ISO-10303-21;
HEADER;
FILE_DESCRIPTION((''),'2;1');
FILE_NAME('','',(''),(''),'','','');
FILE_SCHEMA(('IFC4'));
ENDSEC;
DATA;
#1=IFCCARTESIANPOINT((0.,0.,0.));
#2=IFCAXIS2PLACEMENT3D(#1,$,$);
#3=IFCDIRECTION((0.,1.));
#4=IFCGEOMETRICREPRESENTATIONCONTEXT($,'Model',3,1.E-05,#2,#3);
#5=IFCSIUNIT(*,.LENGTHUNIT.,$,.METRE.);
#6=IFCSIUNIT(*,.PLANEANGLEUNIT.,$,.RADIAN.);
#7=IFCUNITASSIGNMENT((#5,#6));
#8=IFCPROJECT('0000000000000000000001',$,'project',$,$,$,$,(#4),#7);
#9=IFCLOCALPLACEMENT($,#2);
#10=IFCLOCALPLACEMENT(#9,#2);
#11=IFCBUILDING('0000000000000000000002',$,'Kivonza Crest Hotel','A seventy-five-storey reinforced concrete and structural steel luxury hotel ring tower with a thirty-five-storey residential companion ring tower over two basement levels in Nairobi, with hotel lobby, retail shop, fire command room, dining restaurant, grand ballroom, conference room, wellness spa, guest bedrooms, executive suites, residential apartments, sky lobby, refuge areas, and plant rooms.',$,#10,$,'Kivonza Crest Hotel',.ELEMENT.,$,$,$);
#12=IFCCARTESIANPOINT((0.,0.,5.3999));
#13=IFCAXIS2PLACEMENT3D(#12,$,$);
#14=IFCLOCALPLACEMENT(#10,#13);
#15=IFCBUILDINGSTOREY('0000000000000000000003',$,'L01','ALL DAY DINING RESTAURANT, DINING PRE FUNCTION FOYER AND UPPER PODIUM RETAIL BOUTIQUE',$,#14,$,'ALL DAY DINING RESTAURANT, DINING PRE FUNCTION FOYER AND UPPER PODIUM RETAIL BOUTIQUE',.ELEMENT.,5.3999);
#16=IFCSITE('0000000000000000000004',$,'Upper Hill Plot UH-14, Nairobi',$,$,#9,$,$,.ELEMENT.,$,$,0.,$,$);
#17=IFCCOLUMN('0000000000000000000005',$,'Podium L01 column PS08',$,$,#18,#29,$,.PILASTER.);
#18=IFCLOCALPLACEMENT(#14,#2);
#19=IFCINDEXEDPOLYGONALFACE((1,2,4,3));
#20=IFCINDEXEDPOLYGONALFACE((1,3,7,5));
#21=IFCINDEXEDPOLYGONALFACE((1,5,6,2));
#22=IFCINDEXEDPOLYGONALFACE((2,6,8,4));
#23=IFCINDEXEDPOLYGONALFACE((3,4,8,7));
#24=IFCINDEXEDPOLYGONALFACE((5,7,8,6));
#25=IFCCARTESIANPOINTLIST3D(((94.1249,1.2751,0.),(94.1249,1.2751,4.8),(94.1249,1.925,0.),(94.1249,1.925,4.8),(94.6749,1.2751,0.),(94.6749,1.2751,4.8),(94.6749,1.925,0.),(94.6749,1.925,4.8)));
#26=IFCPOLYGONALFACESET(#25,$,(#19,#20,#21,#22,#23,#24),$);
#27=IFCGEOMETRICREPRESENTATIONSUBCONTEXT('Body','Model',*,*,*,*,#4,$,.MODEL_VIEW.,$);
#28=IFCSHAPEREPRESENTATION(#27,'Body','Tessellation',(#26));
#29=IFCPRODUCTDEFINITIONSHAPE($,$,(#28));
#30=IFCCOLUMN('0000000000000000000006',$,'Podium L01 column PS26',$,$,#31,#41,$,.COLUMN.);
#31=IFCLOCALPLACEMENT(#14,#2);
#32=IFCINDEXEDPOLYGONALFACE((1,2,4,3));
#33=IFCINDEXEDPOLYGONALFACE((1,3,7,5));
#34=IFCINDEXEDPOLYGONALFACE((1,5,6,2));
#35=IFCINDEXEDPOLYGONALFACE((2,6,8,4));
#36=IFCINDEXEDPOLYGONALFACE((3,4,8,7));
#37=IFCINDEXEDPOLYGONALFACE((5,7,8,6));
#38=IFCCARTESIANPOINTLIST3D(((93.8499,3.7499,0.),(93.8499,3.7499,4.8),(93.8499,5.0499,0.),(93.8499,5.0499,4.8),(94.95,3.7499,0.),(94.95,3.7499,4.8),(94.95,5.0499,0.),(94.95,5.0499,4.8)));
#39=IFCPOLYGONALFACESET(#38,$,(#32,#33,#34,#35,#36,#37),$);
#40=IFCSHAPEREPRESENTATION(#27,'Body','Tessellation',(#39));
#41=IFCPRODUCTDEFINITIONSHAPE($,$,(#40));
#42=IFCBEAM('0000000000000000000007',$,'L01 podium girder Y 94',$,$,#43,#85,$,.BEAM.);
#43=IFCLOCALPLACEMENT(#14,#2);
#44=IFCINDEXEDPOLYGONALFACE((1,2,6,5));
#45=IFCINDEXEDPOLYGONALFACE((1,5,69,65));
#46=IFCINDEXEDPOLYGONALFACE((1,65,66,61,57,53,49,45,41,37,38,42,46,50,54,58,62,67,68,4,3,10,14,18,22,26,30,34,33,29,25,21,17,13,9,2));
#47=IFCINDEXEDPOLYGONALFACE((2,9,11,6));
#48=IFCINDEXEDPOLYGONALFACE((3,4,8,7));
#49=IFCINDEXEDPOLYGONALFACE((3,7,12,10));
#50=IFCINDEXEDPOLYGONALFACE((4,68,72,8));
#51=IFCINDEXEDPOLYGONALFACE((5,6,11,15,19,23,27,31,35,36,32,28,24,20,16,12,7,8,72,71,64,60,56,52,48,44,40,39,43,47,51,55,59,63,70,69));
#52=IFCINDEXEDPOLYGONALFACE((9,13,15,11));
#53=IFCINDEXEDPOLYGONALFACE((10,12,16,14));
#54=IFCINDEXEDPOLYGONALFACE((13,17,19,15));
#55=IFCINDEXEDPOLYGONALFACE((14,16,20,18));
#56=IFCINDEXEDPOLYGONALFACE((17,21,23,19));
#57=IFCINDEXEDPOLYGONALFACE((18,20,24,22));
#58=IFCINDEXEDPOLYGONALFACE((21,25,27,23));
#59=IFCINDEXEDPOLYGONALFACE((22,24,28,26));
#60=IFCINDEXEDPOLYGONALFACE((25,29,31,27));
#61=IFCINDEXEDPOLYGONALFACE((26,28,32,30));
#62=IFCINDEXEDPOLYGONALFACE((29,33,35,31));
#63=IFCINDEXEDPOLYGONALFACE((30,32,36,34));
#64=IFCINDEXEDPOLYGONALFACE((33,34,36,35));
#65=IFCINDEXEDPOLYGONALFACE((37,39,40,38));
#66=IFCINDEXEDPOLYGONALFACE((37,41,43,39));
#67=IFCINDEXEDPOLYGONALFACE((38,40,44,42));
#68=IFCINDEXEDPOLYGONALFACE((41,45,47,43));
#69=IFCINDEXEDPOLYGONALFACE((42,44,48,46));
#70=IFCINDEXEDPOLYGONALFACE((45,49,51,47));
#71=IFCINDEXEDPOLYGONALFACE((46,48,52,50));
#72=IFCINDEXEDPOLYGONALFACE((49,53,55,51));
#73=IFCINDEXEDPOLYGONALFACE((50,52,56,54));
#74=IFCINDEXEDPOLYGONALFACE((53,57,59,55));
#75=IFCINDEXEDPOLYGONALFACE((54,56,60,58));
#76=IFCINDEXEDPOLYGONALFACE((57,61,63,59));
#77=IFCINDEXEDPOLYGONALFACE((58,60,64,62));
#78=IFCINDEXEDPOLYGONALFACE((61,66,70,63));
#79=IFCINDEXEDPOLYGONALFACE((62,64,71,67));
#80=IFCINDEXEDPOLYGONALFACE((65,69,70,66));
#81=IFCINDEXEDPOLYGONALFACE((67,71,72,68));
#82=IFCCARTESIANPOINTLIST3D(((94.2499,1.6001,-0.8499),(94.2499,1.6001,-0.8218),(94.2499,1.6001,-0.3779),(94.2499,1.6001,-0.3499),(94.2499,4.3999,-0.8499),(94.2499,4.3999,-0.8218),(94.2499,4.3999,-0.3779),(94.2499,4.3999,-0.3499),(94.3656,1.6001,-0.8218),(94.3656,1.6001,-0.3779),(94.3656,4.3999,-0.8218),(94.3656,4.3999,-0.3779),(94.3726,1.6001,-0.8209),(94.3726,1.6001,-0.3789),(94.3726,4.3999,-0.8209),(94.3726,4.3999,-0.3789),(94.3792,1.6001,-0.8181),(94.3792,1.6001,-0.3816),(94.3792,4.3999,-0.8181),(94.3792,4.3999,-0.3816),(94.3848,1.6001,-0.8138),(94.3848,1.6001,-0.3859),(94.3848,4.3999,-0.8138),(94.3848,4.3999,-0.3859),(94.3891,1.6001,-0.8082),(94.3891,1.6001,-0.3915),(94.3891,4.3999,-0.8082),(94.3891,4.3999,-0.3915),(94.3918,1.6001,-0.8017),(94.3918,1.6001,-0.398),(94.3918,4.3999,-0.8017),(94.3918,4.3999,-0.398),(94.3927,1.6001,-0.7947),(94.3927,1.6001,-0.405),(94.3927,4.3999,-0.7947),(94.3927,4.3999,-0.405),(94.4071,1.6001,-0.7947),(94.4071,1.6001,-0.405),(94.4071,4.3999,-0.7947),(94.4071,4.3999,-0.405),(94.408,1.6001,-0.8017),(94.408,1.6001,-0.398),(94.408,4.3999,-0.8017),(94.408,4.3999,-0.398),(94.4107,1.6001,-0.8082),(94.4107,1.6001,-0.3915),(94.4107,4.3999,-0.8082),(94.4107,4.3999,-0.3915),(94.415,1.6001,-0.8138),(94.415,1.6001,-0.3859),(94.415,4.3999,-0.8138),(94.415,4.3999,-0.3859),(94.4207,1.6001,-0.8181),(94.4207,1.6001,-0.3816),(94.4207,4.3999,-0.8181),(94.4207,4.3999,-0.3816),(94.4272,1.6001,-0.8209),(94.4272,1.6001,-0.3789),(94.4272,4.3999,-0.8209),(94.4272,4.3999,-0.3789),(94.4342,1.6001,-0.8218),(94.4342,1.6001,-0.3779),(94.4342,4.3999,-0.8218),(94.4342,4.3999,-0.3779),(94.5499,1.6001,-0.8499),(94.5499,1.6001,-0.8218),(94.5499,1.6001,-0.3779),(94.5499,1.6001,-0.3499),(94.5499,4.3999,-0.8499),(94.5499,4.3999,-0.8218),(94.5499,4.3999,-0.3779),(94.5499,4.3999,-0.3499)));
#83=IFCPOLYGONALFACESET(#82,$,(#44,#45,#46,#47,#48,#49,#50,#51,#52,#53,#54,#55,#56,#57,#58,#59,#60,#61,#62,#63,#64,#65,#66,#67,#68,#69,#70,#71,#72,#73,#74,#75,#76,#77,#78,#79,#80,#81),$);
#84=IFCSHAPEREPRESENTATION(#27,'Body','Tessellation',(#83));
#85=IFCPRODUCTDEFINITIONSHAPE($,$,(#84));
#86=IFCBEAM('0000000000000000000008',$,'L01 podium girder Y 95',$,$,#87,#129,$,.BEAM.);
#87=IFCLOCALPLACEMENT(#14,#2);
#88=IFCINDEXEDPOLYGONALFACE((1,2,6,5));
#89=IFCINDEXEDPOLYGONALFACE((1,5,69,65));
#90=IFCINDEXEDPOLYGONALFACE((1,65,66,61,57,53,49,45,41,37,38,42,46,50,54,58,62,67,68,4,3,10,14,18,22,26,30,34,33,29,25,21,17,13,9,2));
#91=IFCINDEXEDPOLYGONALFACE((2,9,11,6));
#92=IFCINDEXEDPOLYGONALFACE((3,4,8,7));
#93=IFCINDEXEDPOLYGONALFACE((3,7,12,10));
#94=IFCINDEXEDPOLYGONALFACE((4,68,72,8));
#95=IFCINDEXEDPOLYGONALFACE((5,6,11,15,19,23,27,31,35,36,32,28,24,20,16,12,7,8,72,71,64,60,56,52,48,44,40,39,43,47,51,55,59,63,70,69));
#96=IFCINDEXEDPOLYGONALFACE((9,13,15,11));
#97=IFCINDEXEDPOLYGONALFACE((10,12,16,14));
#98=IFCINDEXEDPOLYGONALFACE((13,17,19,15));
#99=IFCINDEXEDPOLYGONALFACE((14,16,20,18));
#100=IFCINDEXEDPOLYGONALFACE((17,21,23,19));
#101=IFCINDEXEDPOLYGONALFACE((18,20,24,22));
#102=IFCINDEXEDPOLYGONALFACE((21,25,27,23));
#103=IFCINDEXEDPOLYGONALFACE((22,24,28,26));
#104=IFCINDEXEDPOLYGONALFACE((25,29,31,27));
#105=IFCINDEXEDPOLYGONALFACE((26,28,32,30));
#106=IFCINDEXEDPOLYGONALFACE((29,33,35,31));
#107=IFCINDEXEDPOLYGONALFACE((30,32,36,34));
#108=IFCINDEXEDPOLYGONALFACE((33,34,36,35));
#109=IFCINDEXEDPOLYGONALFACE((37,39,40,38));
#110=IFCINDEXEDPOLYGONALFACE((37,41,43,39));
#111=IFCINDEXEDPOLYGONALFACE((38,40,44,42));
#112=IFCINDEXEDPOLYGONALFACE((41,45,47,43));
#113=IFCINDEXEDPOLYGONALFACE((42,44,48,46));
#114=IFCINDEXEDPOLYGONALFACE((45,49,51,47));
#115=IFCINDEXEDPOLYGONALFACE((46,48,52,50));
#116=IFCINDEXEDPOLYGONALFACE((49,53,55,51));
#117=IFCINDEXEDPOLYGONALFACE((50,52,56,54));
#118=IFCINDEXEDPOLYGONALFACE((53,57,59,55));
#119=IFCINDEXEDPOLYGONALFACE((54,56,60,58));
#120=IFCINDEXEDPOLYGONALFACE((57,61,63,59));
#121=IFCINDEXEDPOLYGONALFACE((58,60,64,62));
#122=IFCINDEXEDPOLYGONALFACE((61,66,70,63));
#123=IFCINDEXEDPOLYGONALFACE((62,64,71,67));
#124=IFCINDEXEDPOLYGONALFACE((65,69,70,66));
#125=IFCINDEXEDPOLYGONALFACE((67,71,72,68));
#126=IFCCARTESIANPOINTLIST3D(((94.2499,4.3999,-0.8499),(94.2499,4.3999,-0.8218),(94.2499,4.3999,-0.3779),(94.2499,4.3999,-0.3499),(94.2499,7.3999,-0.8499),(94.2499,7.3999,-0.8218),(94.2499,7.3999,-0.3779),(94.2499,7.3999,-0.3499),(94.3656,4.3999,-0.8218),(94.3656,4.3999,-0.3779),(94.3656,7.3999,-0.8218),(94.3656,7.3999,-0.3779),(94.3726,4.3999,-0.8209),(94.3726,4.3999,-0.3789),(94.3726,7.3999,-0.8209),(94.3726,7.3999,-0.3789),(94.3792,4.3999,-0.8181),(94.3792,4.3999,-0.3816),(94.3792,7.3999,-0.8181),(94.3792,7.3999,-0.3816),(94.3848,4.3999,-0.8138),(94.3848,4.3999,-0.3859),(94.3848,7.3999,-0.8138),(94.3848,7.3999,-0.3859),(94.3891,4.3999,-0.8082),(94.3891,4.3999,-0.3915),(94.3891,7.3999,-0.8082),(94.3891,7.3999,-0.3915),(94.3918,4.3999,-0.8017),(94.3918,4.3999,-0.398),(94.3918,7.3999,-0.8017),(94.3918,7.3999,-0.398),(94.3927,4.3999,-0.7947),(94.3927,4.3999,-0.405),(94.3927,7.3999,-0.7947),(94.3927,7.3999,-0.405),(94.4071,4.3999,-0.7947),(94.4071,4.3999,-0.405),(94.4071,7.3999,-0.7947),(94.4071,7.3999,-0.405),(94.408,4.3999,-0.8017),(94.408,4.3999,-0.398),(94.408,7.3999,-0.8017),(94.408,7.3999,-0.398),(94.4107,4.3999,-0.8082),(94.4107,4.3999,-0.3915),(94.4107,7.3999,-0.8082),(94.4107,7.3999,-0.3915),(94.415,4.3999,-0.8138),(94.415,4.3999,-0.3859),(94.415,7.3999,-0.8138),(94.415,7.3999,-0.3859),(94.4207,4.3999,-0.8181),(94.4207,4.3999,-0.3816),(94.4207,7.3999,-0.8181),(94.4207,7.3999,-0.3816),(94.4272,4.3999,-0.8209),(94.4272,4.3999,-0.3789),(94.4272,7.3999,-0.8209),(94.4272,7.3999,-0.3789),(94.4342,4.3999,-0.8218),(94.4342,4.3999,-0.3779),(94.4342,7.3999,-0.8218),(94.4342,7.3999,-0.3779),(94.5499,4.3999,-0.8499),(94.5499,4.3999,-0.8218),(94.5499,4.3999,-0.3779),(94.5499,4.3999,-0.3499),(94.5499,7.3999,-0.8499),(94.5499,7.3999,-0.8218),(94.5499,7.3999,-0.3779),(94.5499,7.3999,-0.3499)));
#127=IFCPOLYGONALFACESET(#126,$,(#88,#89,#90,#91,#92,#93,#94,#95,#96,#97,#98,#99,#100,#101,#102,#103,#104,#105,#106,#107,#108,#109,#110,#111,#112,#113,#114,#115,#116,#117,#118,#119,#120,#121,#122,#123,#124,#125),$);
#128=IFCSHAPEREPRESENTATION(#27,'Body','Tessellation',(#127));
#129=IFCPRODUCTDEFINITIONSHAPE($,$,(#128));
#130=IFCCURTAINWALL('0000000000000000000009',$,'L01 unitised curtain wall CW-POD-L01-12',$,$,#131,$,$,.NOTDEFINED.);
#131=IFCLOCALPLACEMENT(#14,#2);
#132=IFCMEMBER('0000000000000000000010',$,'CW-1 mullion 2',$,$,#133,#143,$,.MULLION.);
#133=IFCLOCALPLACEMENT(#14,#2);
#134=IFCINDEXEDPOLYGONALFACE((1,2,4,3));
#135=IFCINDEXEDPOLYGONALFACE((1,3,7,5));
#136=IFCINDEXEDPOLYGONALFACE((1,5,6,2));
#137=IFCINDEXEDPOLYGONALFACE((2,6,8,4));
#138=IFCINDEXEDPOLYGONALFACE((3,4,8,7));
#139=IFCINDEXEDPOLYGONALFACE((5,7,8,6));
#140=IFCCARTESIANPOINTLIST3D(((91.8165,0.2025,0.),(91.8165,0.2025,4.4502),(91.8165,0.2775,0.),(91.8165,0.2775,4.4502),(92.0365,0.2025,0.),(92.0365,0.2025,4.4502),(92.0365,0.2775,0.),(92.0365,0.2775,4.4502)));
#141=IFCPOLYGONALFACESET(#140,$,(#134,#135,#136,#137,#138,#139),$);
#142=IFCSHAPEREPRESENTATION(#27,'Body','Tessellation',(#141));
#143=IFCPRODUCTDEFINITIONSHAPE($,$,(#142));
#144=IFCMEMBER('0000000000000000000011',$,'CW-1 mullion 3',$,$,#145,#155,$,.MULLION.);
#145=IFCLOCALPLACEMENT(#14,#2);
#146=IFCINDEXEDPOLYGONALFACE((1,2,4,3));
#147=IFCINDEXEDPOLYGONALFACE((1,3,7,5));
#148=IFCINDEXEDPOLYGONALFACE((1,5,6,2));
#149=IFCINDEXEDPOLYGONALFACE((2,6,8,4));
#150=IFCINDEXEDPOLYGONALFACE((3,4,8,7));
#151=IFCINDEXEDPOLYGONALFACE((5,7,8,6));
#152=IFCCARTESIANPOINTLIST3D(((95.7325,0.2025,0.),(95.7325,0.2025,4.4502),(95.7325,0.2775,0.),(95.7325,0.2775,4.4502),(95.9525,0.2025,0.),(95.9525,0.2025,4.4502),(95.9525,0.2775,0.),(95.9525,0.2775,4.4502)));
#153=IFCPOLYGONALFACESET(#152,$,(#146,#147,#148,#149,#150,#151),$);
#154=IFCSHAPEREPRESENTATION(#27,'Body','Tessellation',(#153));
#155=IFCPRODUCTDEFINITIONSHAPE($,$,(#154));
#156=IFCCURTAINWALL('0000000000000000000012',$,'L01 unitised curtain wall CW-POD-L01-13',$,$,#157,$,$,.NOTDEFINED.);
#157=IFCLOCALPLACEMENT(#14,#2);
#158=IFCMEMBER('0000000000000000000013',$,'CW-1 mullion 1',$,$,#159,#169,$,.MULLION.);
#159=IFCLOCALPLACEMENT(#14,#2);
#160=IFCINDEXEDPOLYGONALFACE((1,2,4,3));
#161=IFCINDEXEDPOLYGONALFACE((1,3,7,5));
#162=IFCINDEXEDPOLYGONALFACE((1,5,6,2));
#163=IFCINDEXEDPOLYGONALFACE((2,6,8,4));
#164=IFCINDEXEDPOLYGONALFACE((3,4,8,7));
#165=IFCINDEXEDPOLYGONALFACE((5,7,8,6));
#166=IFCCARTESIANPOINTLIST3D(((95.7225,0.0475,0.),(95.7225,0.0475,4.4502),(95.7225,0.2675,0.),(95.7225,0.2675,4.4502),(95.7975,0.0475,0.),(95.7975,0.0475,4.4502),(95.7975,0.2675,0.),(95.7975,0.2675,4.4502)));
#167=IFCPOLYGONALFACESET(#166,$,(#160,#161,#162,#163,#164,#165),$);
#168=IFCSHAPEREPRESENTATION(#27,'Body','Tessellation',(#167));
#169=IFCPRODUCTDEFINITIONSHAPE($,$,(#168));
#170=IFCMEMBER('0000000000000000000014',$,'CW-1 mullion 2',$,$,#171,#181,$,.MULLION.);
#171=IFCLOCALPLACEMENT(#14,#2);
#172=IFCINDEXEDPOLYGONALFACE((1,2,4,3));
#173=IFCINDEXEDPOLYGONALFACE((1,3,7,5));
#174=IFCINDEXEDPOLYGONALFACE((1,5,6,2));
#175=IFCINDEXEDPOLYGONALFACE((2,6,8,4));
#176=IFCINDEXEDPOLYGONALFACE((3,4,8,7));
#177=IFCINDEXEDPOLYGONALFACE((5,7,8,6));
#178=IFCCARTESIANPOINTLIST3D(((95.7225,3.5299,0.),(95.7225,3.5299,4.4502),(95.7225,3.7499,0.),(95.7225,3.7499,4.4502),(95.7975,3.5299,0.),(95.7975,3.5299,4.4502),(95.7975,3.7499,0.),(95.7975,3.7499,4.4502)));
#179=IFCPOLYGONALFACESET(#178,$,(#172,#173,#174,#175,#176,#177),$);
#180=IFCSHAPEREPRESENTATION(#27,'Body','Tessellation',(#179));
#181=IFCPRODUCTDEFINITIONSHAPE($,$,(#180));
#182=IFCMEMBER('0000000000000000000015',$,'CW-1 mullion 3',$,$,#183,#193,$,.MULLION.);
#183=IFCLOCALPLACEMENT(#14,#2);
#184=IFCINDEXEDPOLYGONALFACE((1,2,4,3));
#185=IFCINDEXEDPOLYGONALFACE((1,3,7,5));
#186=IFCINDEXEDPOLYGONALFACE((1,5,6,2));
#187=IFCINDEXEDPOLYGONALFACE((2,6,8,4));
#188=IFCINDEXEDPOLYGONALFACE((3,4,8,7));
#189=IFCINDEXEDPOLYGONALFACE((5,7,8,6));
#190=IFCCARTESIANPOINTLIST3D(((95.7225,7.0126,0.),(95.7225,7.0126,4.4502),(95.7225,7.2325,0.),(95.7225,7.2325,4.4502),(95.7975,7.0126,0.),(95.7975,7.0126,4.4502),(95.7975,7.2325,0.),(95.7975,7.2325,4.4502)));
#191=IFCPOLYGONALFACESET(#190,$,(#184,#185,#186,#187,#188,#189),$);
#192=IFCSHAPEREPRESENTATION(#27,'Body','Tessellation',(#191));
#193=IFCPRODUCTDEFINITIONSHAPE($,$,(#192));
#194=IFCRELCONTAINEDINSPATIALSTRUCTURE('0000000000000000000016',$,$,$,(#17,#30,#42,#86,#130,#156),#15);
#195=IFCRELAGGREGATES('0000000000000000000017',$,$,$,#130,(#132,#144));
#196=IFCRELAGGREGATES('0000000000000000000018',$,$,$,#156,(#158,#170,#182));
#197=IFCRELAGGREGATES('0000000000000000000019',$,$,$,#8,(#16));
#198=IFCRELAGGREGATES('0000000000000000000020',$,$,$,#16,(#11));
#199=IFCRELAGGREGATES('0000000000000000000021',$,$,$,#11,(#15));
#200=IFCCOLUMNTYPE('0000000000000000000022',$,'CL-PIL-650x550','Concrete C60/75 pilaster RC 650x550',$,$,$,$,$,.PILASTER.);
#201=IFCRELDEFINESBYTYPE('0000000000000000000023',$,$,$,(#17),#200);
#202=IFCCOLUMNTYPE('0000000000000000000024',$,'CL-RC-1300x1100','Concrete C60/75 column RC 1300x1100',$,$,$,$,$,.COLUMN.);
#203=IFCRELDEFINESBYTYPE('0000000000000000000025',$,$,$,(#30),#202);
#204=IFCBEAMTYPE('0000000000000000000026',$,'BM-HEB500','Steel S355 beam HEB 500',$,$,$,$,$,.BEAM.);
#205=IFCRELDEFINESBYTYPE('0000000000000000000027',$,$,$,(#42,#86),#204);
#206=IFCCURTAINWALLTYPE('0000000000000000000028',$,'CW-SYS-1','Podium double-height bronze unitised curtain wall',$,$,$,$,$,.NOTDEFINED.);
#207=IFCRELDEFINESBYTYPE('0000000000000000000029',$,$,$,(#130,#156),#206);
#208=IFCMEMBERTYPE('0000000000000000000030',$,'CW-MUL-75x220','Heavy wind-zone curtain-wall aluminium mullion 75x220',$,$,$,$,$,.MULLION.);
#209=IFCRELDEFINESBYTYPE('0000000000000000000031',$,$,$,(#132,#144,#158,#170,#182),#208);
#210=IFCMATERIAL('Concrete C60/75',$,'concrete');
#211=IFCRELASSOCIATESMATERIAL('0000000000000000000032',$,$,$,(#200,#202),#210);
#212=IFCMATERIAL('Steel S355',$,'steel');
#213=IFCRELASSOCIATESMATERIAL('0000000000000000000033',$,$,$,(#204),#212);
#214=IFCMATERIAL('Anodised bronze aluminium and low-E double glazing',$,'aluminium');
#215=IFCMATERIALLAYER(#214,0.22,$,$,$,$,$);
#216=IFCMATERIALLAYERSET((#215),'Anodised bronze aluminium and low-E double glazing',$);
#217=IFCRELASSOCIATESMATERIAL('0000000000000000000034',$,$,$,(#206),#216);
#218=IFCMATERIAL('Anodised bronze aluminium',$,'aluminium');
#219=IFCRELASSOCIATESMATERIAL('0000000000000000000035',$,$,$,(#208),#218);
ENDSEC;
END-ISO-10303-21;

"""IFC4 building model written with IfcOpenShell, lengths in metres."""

from ifc_helpers import new_model, si_unit, direction, frame, origin, origin_2d, place, context, subcontext, project, spatial, rectangle, i_section, extrude, material, layer, layer_set, material_profile, profile_set, type_object, element, aggregate, save


model = new_model("IFC4")

# Units and contexts
model_context = context("Model", 3, precision=1e-05, world=origin(), true_north=direction((0.0, 1.0)))
body_context = subcontext(model_context, "Body", "Model", "MODEL_VIEW")
ifc_project = project(units=[si_unit("LENGTHUNIT", "METRE"), si_unit("PLANEANGLEUNIT", "RADIAN")], contexts=[model_context])

# Site, building, storey
site_placement = place(None, origin())
site = spatial("IfcSite", under=ifc_project, at=site_placement, Name="Upper Hill Plot UH-14, Nairobi", CompositionType="ELEMENT", RefElevation=0.0)
building_placement = place(site_placement, origin())
building = spatial("IfcBuilding", under=site, at=building_placement, Name="Kivonza Crest Hotel", Description="A seventy-five-storey reinforced concrete and structural steel luxury hotel ring tower with a thirty-five-storey residential companion ring tower over two basement levels in Nairobi, with hotel lobby, retail shop, fire command room, dining restaurant, grand ballroom, conference room, wellness spa, guest bedrooms, executive suites, residential apartments, sky lobby, refuge areas, and plant rooms.", LongName="Kivonza Crest Hotel", CompositionType="ELEMENT")
storey_placement = place(building_placement, frame((0.0, 0.0, 5.3999)))
storey = spatial("IfcBuildingStorey", under=building, at=storey_placement, Name="L01", Description="ALL DAY DINING RESTAURANT, DINING PRE FUNCTION FOYER AND UPPER PODIUM RETAIL BOUTIQUE", LongName="ALL DAY DINING RESTAURANT, DINING PRE FUNCTION FOYER AND UPPER PODIUM RETAIL BOUTIQUE", CompositionType="ELEMENT", Elevation=5.3999)

# Columns
ifc_material_1 = material(Name="Concrete C60/75", Category="concrete")
ifc_material_profile_1 = material_profile(ifc_material_1, rectangle(XDim=0.55, YDim=0.6499, at=origin_2d()), Name="RC 650x550")
ifc_profile_set_1 = profile_set([ifc_material_profile_1], Name="Concrete C60/75")
column_type_1 = type_object("IfcColumnType", Name="CL-PIL-650x550", Description="Concrete C60/75 pilaster RC 650x550", PredefinedType="PILASTER", material=ifc_profile_set_1)
column_1_placement = place(storey_placement, frame((94.3999, 1.6001, 0.0), z_axis=(0.0, 0.0, 1.0), x_axis=(1.0, 0.0, 0.0)))
element("IfcColumn", 1, at=column_1_placement, inside=storey, type_object=column_type_1, Name="Podium L01 column PS08", PredefinedType="PILASTER", context=body_context, shape_type="SweptSolid", body=[
    extrude(rectangle(XDim=0.55, YDim=0.6499, at=origin_2d()), origin(), (0.0, 0.0, 1.0), 4.8),
])
ifc_material_profile_2 = material_profile(ifc_material_1, rectangle(XDim=1.1001, YDim=1.3, at=origin_2d()), Name="RC 1300x1100")
ifc_profile_set_2 = profile_set([ifc_material_profile_2], Name="Concrete C60/75")
column_type_2 = type_object("IfcColumnType", Name="CL-RC-1300x1100", Description="Concrete C60/75 column RC 1300x1100", PredefinedType="COLUMN", material=ifc_profile_set_2)
column_2_placement = place(storey_placement, frame((94.3999, 4.3999, 0.0), z_axis=(0.0, 0.0, 1.0), x_axis=(1.0, 0.0, 0.0)))
element("IfcColumn", 2, at=column_2_placement, inside=storey, type_object=column_type_2, Name="Podium L01 column PS26", PredefinedType="COLUMN", context=body_context, shape_type="SweptSolid", body=[
    extrude(rectangle(XDim=1.1001, YDim=1.3, at=origin_2d()), origin(), (0.0, 0.0, 1.0), 4.8),
])

# Beams
ifc_material_2 = material(Name="Steel S355", Category="steel")
ifc_material_profile_3 = material_profile(ifc_material_2, i_section(OverallWidth=0.3, OverallDepth=0.5, WebThickness=0.0144, FlangeThickness=0.0281, FilletRadius=0.0271, at=origin_2d()), Name="HEB 500")
ifc_profile_set_3 = profile_set([ifc_material_profile_3], Name="Steel S355")
beam_type = type_object("IfcBeamType", Name="BM-HEB500", Description="Steel S355 beam HEB 500", PredefinedType="BEAM", material=ifc_profile_set_3)
beam_1_placement = place(storey_placement, frame((94.3999, 1.6001, -0.5999), z_axis=(0.0, 1.0, 0.0), x_axis=(-1.0, 0.0, 0.0)))
element("IfcBeam", 3, at=beam_1_placement, inside=storey, type_object=beam_type, Name="L01 podium girder Y 94", PredefinedType="BEAM", context=body_context, shape_type="SweptSolid", body=[
    extrude(i_section(OverallWidth=0.3, OverallDepth=0.5, WebThickness=0.0144, FlangeThickness=0.0281, FilletRadius=0.0271, at=origin_2d()), origin(), (0.0, 0.0, 1.0), 2.7998),
])
beam_2_placement = place(storey_placement, frame((94.3999, 4.3999, -0.5999), z_axis=(0.0, 1.0, 0.0), x_axis=(-1.0, 0.0, 0.0)))
element("IfcBeam", 4, at=beam_2_placement, inside=storey, type_object=beam_type, Name="L01 podium girder Y 95", PredefinedType="BEAM", context=body_context, shape_type="SweptSolid", body=[
    extrude(i_section(OverallWidth=0.3, OverallDepth=0.5, WebThickness=0.0144, FlangeThickness=0.0281, FilletRadius=0.0271, at=origin_2d()), origin(), (0.0, 0.0, 1.0), 3.0),
])

# Curtain walls, members
ifc_material_3 = material(Name="Anodised bronze aluminium and low-E double glazing", Category="aluminium")
ifc_layer_1 = layer(ifc_material_3, 0.22)
ifc_layer_set_1 = layer_set([ifc_layer_1], Name="Anodised bronze aluminium and low-E double glazing")
curtain_wall_type = type_object("IfcCurtainWallType", Name="CW-SYS-1", Description="Podium double-height bronze unitised curtain wall", PredefinedType="NOTDEFINED", material=ifc_layer_set_1)
curtain_wall_1_placement = place(storey_placement, origin())
curtain_wall_1 = element("IfcCurtainWall", 5, at=curtain_wall_1_placement, inside=storey, type_object=curtain_wall_type, Name="L01 unitised curtain wall CW-POD-L01-12", PredefinedType="NOTDEFINED")
ifc_material_4 = material(Name="Anodised bronze aluminium", Category="aluminium")
ifc_material_profile_4 = material_profile(ifc_material_4, rectangle(XDim=0.075, YDim=0.22, at=origin_2d()), Name="CW-M 75x220")
ifc_profile_set_4 = profile_set([ifc_material_profile_4], Name="Anodised bronze aluminium")
member_type_1 = type_object("IfcMemberType", Name="CW-MUL-75x220", Description="Heavy wind-zone curtain-wall aluminium mullion 75x220", PredefinedType="MULLION", material=ifc_profile_set_4)
member_1_placement = place(storey_placement, frame((91.9265, 0.24, 0.0), z_axis=(0.0, 0.0, 1.0), x_axis=(0.0, 1.0, 0.0)))
member_1 = element("IfcMember", 6, at=member_1_placement, type_object=member_type_1, Name="CW-1 mullion 2", PredefinedType="MULLION", context=body_context, shape_type="SweptSolid", body=[
    extrude(rectangle(XDim=0.075, YDim=0.22, at=origin_2d()), origin(), (0.0, 0.0, 1.0), 4.4502),
])
member_2_placement = place(storey_placement, frame((95.8425, 0.24, 0.0), z_axis=(0.0, 0.0, 1.0), x_axis=(0.0, 1.0, 0.0)))
member_2 = element("IfcMember", 7, at=member_2_placement, type_object=member_type_1, Name="CW-1 mullion 3", PredefinedType="MULLION", context=body_context, shape_type="SweptSolid", body=[
    extrude(rectangle(XDim=0.075, YDim=0.22, at=origin_2d()), origin(), (0.0, 0.0, 1.0), 4.4502),
])
curtain_wall_2_placement = place(storey_placement, origin())
curtain_wall_2 = element("IfcCurtainWall", 8, at=curtain_wall_2_placement, inside=storey, type_object=curtain_wall_type, Name="L01 unitised curtain wall CW-POD-L01-13", PredefinedType="NOTDEFINED")
member_3_placement = place(storey_placement, frame((95.76, 0.1575, 0.0), z_axis=(0.0, 0.0, 1.0), x_axis=(-1.0, 0.0, 0.0)))
member_3 = element("IfcMember", 9, at=member_3_placement, type_object=member_type_1, Name="CW-1 mullion 1", PredefinedType="MULLION", context=body_context, shape_type="SweptSolid", body=[
    extrude(rectangle(XDim=0.075, YDim=0.22, at=origin_2d()), origin(), (0.0, 0.0, 1.0), 4.4502),
])
member_4_placement = place(storey_placement, frame((95.76, 3.6399, 0.0), z_axis=(0.0, 0.0, 1.0), x_axis=(-1.0, 0.0, 0.0)))
member_4 = element("IfcMember", 10, at=member_4_placement, type_object=member_type_1, Name="CW-1 mullion 2", PredefinedType="MULLION", context=body_context, shape_type="SweptSolid", body=[
    extrude(rectangle(XDim=0.075, YDim=0.22, at=origin_2d()), origin(), (0.0, 0.0, 1.0), 4.4502),
])
member_5_placement = place(storey_placement, frame((95.76, 7.1226, 0.0), z_axis=(0.0, 0.0, 1.0), x_axis=(-1.0, 0.0, 0.0)))
member_5 = element("IfcMember", 11, at=member_5_placement, type_object=member_type_1, Name="CW-1 mullion 3", PredefinedType="MULLION", context=body_context, shape_type="SweptSolid", body=[
    extrude(rectangle(XDim=0.075, YDim=0.22, at=origin_2d()), origin(), (0.0, 0.0, 1.0), 4.4502),
])

aggregate(curtain_wall_1, [member_1, member_2])
aggregate(curtain_wall_2, [member_3, member_4, member_5])

save(model, "model.ifc")
